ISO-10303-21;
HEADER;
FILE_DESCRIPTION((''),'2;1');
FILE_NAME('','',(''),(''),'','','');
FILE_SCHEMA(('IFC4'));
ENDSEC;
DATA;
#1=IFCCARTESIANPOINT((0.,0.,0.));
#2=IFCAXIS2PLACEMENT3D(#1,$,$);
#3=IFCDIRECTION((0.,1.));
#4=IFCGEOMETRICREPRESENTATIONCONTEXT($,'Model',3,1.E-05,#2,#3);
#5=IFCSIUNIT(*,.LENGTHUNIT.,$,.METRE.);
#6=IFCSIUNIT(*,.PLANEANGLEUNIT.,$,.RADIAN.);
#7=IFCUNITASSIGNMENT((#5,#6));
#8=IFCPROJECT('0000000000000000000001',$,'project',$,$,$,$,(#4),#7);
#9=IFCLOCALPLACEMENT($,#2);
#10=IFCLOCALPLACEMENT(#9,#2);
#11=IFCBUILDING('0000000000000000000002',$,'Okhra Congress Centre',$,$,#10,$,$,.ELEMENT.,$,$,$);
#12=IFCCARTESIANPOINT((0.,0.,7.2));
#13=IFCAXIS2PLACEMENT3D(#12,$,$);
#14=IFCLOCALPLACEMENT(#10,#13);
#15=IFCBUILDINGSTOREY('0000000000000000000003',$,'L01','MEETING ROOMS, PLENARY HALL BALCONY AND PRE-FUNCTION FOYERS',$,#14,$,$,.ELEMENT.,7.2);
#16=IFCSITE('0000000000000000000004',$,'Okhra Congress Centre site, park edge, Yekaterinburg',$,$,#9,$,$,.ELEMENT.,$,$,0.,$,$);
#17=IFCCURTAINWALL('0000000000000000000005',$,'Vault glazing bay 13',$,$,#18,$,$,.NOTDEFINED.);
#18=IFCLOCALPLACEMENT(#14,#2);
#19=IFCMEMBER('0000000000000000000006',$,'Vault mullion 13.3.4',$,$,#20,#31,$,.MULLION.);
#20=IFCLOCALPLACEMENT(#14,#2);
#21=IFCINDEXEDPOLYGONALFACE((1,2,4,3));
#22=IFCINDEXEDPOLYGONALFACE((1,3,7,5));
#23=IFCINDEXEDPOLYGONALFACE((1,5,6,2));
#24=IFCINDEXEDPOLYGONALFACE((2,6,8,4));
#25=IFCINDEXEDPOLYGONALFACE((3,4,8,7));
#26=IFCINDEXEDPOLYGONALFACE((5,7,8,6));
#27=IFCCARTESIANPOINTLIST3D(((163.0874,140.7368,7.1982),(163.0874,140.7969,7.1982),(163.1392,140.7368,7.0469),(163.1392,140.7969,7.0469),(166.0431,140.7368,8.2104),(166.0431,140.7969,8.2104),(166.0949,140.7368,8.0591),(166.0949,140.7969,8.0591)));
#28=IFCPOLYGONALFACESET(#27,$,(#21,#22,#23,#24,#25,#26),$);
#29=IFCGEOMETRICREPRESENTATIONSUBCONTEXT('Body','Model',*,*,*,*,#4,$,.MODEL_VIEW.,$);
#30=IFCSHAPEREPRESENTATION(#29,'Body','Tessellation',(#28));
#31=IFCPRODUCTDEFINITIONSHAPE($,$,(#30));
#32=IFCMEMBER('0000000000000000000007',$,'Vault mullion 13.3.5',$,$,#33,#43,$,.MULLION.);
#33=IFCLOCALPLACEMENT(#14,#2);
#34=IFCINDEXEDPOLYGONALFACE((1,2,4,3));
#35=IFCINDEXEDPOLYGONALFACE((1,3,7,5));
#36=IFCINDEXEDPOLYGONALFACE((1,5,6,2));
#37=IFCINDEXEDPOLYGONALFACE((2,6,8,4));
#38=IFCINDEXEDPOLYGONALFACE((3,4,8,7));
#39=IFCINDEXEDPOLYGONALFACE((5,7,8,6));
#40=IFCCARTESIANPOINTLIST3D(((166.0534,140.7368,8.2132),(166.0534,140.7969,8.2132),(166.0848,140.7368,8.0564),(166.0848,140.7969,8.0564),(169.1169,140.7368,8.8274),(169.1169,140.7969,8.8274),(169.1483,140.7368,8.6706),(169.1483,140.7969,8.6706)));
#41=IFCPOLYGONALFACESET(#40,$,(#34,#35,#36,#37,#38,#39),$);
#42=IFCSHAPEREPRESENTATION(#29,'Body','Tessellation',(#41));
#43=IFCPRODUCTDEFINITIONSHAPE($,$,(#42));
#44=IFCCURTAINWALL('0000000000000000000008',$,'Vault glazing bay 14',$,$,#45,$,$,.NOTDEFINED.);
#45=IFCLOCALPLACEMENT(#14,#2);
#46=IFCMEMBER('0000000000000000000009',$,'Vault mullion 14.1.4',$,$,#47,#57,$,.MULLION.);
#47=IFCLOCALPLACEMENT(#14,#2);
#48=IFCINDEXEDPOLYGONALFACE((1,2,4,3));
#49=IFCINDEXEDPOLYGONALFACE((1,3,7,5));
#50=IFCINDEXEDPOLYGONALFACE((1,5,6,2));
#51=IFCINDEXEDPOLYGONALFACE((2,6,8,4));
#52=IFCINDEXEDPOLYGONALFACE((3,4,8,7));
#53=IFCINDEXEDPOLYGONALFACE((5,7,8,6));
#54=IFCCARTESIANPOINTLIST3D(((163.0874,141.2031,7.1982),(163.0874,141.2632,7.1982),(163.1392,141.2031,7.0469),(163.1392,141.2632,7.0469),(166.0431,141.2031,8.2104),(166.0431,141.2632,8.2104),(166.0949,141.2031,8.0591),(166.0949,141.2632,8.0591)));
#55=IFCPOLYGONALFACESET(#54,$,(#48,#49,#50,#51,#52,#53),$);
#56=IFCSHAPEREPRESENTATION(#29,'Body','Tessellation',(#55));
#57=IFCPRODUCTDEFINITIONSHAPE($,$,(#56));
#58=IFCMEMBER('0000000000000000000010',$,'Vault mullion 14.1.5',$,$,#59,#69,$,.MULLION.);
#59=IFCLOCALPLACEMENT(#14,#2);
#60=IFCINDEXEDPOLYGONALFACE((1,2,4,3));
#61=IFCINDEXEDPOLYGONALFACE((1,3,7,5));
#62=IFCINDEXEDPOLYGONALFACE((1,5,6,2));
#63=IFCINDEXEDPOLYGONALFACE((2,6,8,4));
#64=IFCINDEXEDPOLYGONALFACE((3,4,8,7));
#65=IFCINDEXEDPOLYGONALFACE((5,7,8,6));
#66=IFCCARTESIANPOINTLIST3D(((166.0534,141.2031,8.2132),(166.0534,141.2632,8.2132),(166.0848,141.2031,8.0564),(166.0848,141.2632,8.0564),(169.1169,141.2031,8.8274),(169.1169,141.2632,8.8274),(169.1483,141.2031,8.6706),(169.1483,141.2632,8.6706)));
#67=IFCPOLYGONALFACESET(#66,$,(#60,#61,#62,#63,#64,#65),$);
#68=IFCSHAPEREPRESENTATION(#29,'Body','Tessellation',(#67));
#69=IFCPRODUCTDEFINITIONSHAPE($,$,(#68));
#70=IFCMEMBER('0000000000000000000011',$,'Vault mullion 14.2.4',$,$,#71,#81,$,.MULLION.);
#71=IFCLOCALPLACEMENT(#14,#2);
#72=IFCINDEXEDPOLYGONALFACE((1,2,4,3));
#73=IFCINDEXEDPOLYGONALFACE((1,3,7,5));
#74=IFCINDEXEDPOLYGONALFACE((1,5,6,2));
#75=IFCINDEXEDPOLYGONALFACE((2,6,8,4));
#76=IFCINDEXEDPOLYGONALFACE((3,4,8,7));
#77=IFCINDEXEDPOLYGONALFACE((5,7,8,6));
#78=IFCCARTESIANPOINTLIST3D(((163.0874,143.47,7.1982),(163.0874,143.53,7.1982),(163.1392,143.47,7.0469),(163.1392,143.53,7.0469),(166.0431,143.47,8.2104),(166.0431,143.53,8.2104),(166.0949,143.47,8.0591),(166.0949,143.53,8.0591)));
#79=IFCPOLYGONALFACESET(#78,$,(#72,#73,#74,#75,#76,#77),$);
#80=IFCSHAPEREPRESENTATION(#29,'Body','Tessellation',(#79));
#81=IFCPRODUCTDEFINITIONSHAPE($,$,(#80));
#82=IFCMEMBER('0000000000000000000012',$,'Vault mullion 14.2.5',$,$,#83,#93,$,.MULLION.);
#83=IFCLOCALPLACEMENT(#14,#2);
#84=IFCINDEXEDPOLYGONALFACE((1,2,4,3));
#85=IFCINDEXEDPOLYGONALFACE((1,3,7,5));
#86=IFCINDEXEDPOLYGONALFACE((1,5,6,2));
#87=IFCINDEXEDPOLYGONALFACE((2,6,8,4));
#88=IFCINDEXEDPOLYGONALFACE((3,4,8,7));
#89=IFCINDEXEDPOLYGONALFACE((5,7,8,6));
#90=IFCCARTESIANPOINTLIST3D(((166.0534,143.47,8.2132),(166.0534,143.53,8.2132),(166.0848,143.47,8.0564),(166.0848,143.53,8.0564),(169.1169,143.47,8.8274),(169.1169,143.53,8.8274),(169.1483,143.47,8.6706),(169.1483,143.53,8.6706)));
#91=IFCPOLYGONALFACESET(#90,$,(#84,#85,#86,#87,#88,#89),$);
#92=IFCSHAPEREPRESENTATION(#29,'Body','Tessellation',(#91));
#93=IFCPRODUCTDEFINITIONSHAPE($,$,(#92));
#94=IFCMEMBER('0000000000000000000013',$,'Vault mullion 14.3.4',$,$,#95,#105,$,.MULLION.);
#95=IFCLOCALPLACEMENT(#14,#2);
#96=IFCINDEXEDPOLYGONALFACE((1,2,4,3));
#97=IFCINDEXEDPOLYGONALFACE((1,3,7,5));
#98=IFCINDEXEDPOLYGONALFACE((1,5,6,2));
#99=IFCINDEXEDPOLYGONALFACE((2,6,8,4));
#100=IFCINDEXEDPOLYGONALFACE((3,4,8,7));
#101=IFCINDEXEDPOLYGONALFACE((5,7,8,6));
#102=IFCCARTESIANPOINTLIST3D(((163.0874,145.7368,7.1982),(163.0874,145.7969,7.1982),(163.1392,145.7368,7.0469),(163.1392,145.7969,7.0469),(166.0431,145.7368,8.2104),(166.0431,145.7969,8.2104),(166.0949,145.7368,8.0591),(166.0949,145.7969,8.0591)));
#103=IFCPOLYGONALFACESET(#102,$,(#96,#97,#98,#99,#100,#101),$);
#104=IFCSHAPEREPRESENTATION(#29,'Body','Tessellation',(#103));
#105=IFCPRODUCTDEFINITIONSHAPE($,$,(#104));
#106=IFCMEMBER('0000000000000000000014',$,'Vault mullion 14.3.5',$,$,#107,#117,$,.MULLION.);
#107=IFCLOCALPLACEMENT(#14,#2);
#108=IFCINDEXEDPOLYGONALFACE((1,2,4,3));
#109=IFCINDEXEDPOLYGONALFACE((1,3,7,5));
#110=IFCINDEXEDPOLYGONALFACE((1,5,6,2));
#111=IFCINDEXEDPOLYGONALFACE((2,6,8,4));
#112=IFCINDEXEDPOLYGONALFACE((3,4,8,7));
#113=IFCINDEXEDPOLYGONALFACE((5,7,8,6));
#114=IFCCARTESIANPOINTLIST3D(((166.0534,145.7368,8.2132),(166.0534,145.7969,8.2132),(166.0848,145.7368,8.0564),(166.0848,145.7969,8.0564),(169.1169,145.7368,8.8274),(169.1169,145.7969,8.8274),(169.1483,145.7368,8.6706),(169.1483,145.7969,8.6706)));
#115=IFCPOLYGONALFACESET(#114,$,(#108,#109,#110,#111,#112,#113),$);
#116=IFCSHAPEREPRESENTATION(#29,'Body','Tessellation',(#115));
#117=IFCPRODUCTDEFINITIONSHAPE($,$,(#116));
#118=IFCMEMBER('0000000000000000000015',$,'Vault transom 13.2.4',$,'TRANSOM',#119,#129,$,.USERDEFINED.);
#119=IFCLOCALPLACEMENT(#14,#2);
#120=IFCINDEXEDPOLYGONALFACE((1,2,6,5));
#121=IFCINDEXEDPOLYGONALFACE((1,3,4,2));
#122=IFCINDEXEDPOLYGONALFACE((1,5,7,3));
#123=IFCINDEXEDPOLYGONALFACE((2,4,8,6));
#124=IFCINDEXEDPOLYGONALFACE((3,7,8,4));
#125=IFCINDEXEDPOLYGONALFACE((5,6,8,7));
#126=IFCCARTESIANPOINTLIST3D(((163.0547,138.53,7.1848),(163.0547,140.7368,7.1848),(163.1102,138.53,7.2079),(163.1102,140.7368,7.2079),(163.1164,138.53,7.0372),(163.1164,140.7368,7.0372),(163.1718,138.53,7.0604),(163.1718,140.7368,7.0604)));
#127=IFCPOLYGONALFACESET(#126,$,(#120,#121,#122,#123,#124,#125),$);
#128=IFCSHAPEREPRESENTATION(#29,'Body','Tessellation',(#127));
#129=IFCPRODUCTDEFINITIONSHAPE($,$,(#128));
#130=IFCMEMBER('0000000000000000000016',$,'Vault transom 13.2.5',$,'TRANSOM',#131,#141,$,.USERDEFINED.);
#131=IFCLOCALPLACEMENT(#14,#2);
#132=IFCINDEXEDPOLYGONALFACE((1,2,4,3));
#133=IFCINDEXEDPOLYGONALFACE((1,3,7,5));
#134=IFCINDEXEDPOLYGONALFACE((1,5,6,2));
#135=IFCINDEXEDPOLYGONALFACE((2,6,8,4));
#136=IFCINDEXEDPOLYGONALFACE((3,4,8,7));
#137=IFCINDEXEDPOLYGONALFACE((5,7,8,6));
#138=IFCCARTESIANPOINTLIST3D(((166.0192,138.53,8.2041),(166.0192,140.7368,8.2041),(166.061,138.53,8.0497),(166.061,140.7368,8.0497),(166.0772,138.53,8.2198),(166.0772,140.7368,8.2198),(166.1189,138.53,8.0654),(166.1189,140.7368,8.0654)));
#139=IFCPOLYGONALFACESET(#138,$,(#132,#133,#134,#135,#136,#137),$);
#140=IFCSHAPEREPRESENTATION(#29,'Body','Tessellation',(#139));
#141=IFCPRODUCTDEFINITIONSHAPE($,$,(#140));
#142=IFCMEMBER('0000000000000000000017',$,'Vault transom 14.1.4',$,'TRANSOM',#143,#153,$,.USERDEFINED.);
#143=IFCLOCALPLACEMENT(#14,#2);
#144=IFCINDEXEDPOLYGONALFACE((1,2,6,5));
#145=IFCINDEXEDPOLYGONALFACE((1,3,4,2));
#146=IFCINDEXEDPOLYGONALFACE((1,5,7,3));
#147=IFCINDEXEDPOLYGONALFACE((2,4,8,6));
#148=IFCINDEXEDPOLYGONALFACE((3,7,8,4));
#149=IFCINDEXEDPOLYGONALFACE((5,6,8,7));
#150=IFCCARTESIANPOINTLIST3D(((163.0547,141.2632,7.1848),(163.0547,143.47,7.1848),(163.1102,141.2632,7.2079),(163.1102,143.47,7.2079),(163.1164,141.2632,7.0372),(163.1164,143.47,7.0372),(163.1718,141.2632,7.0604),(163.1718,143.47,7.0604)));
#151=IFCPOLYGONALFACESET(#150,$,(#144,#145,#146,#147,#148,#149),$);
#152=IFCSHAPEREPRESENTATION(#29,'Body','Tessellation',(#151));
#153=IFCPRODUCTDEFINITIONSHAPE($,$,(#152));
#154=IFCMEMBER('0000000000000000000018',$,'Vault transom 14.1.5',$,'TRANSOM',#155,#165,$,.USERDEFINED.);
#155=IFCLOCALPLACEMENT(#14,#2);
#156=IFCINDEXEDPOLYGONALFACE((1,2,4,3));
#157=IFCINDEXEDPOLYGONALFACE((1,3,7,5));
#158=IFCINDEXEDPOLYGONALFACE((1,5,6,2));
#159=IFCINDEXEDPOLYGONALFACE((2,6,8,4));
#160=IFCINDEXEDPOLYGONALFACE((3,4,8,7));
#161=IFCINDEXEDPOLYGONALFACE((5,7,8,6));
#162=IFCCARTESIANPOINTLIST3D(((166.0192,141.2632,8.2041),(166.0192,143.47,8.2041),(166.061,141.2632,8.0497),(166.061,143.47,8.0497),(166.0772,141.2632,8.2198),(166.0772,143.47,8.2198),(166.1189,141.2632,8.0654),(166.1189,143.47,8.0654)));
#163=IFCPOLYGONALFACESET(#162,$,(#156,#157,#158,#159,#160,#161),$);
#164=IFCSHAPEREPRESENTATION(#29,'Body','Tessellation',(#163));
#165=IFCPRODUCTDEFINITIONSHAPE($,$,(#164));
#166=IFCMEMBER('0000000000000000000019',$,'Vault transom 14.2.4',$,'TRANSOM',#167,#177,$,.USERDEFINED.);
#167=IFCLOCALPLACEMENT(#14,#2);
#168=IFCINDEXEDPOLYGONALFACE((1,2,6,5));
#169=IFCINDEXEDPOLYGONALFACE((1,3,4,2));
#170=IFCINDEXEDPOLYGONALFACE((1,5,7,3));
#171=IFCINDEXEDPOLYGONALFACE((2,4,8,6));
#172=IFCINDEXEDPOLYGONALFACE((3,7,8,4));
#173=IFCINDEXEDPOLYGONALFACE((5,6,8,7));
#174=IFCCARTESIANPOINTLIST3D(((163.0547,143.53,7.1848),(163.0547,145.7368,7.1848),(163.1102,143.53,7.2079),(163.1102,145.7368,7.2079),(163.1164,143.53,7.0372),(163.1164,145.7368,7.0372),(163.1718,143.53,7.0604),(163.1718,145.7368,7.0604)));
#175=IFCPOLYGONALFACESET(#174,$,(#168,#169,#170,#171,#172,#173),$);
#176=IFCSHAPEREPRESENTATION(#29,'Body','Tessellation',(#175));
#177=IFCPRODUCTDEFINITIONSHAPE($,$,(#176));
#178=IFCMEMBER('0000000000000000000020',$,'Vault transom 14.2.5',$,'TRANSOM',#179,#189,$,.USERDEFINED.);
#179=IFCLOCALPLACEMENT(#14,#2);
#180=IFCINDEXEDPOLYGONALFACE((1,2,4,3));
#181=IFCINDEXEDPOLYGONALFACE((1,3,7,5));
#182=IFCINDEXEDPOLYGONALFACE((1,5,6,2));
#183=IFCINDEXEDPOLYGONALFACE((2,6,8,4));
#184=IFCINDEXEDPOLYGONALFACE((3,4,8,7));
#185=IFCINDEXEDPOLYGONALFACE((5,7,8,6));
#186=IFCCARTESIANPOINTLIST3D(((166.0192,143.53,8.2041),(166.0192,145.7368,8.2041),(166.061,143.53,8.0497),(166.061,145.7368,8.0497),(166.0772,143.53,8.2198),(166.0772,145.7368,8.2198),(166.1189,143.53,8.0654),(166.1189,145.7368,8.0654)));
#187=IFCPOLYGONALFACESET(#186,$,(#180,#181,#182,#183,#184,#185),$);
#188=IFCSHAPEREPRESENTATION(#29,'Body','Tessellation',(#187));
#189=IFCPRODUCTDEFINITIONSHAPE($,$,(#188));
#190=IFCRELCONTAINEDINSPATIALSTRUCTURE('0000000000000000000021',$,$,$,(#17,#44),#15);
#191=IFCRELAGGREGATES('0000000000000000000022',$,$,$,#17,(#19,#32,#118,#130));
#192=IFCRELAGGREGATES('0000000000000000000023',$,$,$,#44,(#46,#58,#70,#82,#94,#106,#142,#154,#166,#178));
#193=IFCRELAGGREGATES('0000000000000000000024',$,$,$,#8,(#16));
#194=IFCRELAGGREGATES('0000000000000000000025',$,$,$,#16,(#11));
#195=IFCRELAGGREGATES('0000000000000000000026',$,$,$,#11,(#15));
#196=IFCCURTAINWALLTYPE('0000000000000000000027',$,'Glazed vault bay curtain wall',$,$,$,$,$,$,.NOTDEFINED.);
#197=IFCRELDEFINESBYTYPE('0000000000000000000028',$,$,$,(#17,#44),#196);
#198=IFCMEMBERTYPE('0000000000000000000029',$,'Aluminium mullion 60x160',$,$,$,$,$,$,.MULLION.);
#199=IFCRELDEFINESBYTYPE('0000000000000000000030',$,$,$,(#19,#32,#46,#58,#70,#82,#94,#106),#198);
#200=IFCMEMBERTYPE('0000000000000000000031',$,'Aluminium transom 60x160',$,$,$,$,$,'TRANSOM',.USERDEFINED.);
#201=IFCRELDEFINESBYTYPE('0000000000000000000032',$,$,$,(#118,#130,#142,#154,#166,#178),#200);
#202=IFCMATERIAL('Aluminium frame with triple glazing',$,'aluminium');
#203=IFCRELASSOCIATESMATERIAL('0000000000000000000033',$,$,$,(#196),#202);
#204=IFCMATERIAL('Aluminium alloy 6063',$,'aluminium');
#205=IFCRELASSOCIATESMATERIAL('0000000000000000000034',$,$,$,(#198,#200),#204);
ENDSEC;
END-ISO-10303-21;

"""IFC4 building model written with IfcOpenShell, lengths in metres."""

from ifc_helpers import new_model, si_unit, direction, frame, origin, origin_2d, place, context, subcontext, project, spatial, rectangle, extrude, material, material_profile, profile_set, type_object, element, aggregate, save


model = new_model("IFC4")

# Units and contexts
model_context = context("Model", 3, precision=1e-05, world=origin(), true_north=direction((0.0, 1.0)))
body_context = subcontext(model_context, "Body", "Model", "MODEL_VIEW")
ifc_project = project(units=[si_unit("LENGTHUNIT", "METRE"), si_unit("PLANEANGLEUNIT", "RADIAN")], contexts=[model_context])

# Site, building, storey
site_placement = place(None, origin())
site = spatial("IfcSite", under=ifc_project, at=site_placement, Name="Okhra Congress Centre site, park edge, Yekaterinburg", CompositionType="ELEMENT", RefElevation=0.0)
building_placement = place(site_placement, origin())
building = spatial("IfcBuilding", under=site, at=building_placement, Name="Okhra Congress Centre", CompositionType="ELEMENT")
storey_placement = place(building_placement, frame((0.0, 0.0, 7.2)))
storey = spatial("IfcBuildingStorey", under=building, at=storey_placement, Name="L01", Description="MEETING ROOMS, PLENARY HALL BALCONY AND PRE-FUNCTION FOYERS", CompositionType="ELEMENT", Elevation=7.2)

# Curtain walls, members
ifc_material_1 = material(Name="Aluminium frame with triple glazing", Category="aluminium")
curtain_wall_type = type_object("IfcCurtainWallType", Name="Glazed vault bay curtain wall", PredefinedType="NOTDEFINED", material=ifc_material_1)
curtain_wall_1_placement = place(storey_placement, origin())
curtain_wall_1 = element("IfcCurtainWall", 1, at=curtain_wall_1_placement, inside=storey, type_object=curtain_wall_type, Name="Vault glazing bay 13", PredefinedType="NOTDEFINED")
ifc_material_2 = material(Name="Aluminium alloy 6063", Category="aluminium")
ifc_material_profile_1 = material_profile(ifc_material_2, rectangle(XDim=0.0601, YDim=0.1599, at=origin_2d()), Name="AL 60x160")
ifc_profile_set_1 = profile_set([ifc_material_profile_1], Name="Aluminium alloy 6063")
member_type_1 = type_object("IfcMemberType", Name="Aluminium mullion 60x160", PredefinedType="MULLION", material=ifc_profile_set_1)
member_1_placement = place(storey_placement, frame((163.1133, 140.7668, 7.1226), z_axis=(0.946065, 0.0, 0.323977), x_axis=(0.0, 1.0, 0.0)))
member_1 = element("IfcMember", 2, at=member_1_placement, type_object=member_type_1, Name="Vault mullion 13.3.4", PredefinedType="MULLION", context=body_context, shape_type="SweptSolid", body=[
    extrude(rectangle(XDim=0.0601, YDim=0.1599, at=origin_2d()), origin(), (0.0, 0.0, 1.0), 3.1243),
])
member_2_placement = place(storey_placement, frame((166.0691, 140.7668, 8.1348), z_axis=(0.980484, 0.0, 0.196597), x_axis=(0.0, 1.0, 0.0)))
member_2 = element("IfcMember", 3, at=member_2_placement, type_object=member_type_1, Name="Vault mullion 13.3.5", PredefinedType="MULLION", context=body_context, shape_type="SweptSolid", body=[
    extrude(rectangle(XDim=0.0601, YDim=0.1599, at=origin_2d()), origin(), (0.0, 0.0, 1.0), 3.1245),
])
curtain_wall_2_placement = place(storey_placement, origin())
curtain_wall_2 = element("IfcCurtainWall", 4, at=curtain_wall_2_placement, inside=storey, type_object=curtain_wall_type, Name="Vault glazing bay 14", PredefinedType="NOTDEFINED")
member_3_placement = place(storey_placement, frame((163.1133, 141.2332, 7.1226), z_axis=(0.946065, 0.0, 0.323977), x_axis=(0.0, 1.0, 0.0)))
member_3 = element("IfcMember", 5, at=member_3_placement, type_object=member_type_1, Name="Vault mullion 14.1.4", PredefinedType="MULLION", context=body_context, shape_type="SweptSolid", body=[
    extrude(rectangle(XDim=0.0601, YDim=0.1599, at=origin_2d()), origin(), (0.0, 0.0, 1.0), 3.1243),
])
member_4_placement = place(storey_placement, frame((166.0691, 141.2332, 8.1348), z_axis=(0.980484, 0.0, 0.196597), x_axis=(0.0, 1.0, 0.0)))
member_4 = element("IfcMember", 6, at=member_4_placement, type_object=member_type_1, Name="Vault mullion 14.1.5", PredefinedType="MULLION", context=body_context, shape_type="SweptSolid", body=[
    extrude(rectangle(XDim=0.0601, YDim=0.1599, at=origin_2d()), origin(), (0.0, 0.0, 1.0), 3.1245),
])
member_5_placement = place(storey_placement, frame((163.1133, 143.5, 7.1226), z_axis=(0.946065, 0.0, 0.323977), x_axis=(0.0, 1.0, 0.0)))
member_5 = element("IfcMember", 7, at=member_5_placement, type_object=member_type_1, Name="Vault mullion 14.2.4", PredefinedType="MULLION", context=body_context, shape_type="SweptSolid", body=[
    extrude(rectangle(XDim=0.0601, YDim=0.1599, at=origin_2d()), origin(), (0.0, 0.0, 1.0), 3.1243),
])
member_6_placement = place(storey_placement, frame((166.0691, 143.5, 8.1348), z_axis=(0.980484, 0.0, 0.196597), x_axis=(0.0, 1.0, 0.0)))
member_6 = element("IfcMember", 8, at=member_6_placement, type_object=member_type_1, Name="Vault mullion 14.2.5", PredefinedType="MULLION", context=body_context, shape_type="SweptSolid", body=[
    extrude(rectangle(XDim=0.0601, YDim=0.1599, at=origin_2d()), origin(), (0.0, 0.0, 1.0), 3.1245),
])
member_7_placement = place(storey_placement, frame((163.1133, 145.7668, 7.1226), z_axis=(0.946065, 0.0, 0.323977), x_axis=(0.0, 1.0, 0.0)))
member_7 = element("IfcMember", 9, at=member_7_placement, type_object=member_type_1, Name="Vault mullion 14.3.4", PredefinedType="MULLION", context=body_context, shape_type="SweptSolid", body=[
    extrude(rectangle(XDim=0.0601, YDim=0.1599, at=origin_2d()), origin(), (0.0, 0.0, 1.0), 3.1243),
])
member_8_placement = place(storey_placement, frame((166.0691, 145.7668, 8.1348), z_axis=(0.980484, 0.0, 0.196597), x_axis=(0.0, 1.0, 0.0)))
member_8 = element("IfcMember", 10, at=member_8_placement, type_object=member_type_1, Name="Vault mullion 14.3.5", PredefinedType="MULLION", context=body_context, shape_type="SweptSolid", body=[
    extrude(rectangle(XDim=0.0601, YDim=0.1599, at=origin_2d()), origin(), (0.0, 0.0, 1.0), 3.1245),
])

# Members
ifc_material_profile_2 = material_profile(ifc_material_2, rectangle(XDim=0.0601, YDim=0.1599, at=origin_2d()), Name="AL 60x160 transom")
ifc_profile_set_2 = profile_set([ifc_material_profile_2], Name="Aluminium alloy 6063")
member_type_2 = type_object("IfcMemberType", Name="Aluminium transom 60x160", ElementType="TRANSOM", PredefinedType="USERDEFINED", material=ifc_profile_set_2)
member_9_placement = place(storey_placement, frame((163.1133, 138.53, 7.1226), z_axis=(0.0, 1.0, 0.0), x_axis=(-0.922669, 0.0, -0.385593)))
member_9 = element("IfcMember", 11, at=member_9_placement, type_object=member_type_2, Name="Vault transom 13.2.4", ObjectType="TRANSOM", PredefinedType="USERDEFINED", context=body_context, shape_type="SweptSolid", body=[
    extrude(rectangle(XDim=0.0601, YDim=0.1599, at=origin_2d()), origin(), (0.0, 0.0, 1.0), 2.2068),
])
member_10_placement = place(storey_placement, frame((166.0691, 138.53, 8.1348), z_axis=(0.0, 1.0, 0.0), x_axis=(-0.96538, 0.0, -0.260848)))
member_10 = element("IfcMember", 12, at=member_10_placement, type_object=member_type_2, Name="Vault transom 13.2.5", ObjectType="TRANSOM", PredefinedType="USERDEFINED", context=body_context, shape_type="SweptSolid", body=[
    extrude(rectangle(XDim=0.0601, YDim=0.1599, at=origin_2d()), origin(), (0.0, 0.0, 1.0), 2.2068),
])
member_11_placement = place(storey_placement, frame((163.1133, 141.2632, 7.1226), z_axis=(0.0, 1.0, 0.0), x_axis=(-0.922669, 0.0, -0.385593)))
member_11 = element("IfcMember", 13, at=member_11_placement, type_object=member_type_2, Name="Vault transom 14.1.4", ObjectType="TRANSOM", PredefinedType="USERDEFINED", context=body_context, shape_type="SweptSolid", body=[
    extrude(rectangle(XDim=0.0601, YDim=0.1599, at=origin_2d()), origin(), (0.0, 0.0, 1.0), 2.2068),
])
member_12_placement = place(storey_placement, frame((166.0691, 141.2632, 8.1348), z_axis=(0.0, 1.0, 0.0), x_axis=(-0.96538, 0.0, -0.260848)))
member_12 = element("IfcMember", 14, at=member_12_placement, type_object=member_type_2, Name="Vault transom 14.1.5", ObjectType="TRANSOM", PredefinedType="USERDEFINED", context=body_context, shape_type="SweptSolid", body=[
    extrude(rectangle(XDim=0.0601, YDim=0.1599, at=origin_2d()), origin(), (0.0, 0.0, 1.0), 2.2068),
])
member_13_placement = place(storey_placement, frame((163.1133, 143.53, 7.1226), z_axis=(0.0, 1.0, 0.0), x_axis=(-0.922669, 0.0, -0.385593)))
member_13 = element("IfcMember", 15, at=member_13_placement, type_object=member_type_2, Name="Vault transom 14.2.4", ObjectType="TRANSOM", PredefinedType="USERDEFINED", context=body_context, shape_type="SweptSolid", body=[
    extrude(rectangle(XDim=0.0601, YDim=0.1599, at=origin_2d()), origin(), (0.0, 0.0, 1.0), 2.2068),
])
member_14_placement = place(storey_placement, frame((166.0691, 143.53, 8.1348), z_axis=(0.0, 1.0, 0.0), x_axis=(-0.96538, 0.0, -0.260848)))
member_14 = element("IfcMember", 16, at=member_14_placement, type_object=member_type_2, Name="Vault transom 14.2.5", ObjectType="TRANSOM", PredefinedType="USERDEFINED", context=body_context, shape_type="SweptSolid", body=[
    extrude(rectangle(XDim=0.0601, YDim=0.1599, at=origin_2d()), origin(), (0.0, 0.0, 1.0), 2.2068),
])

aggregate(curtain_wall_1, [member_1, member_2, member_9, member_10])
aggregate(curtain_wall_2, [member_3, member_4, member_5, member_6, member_7, member_8, member_11, member_12, member_13, member_14])

save(model, "model.ifc")
